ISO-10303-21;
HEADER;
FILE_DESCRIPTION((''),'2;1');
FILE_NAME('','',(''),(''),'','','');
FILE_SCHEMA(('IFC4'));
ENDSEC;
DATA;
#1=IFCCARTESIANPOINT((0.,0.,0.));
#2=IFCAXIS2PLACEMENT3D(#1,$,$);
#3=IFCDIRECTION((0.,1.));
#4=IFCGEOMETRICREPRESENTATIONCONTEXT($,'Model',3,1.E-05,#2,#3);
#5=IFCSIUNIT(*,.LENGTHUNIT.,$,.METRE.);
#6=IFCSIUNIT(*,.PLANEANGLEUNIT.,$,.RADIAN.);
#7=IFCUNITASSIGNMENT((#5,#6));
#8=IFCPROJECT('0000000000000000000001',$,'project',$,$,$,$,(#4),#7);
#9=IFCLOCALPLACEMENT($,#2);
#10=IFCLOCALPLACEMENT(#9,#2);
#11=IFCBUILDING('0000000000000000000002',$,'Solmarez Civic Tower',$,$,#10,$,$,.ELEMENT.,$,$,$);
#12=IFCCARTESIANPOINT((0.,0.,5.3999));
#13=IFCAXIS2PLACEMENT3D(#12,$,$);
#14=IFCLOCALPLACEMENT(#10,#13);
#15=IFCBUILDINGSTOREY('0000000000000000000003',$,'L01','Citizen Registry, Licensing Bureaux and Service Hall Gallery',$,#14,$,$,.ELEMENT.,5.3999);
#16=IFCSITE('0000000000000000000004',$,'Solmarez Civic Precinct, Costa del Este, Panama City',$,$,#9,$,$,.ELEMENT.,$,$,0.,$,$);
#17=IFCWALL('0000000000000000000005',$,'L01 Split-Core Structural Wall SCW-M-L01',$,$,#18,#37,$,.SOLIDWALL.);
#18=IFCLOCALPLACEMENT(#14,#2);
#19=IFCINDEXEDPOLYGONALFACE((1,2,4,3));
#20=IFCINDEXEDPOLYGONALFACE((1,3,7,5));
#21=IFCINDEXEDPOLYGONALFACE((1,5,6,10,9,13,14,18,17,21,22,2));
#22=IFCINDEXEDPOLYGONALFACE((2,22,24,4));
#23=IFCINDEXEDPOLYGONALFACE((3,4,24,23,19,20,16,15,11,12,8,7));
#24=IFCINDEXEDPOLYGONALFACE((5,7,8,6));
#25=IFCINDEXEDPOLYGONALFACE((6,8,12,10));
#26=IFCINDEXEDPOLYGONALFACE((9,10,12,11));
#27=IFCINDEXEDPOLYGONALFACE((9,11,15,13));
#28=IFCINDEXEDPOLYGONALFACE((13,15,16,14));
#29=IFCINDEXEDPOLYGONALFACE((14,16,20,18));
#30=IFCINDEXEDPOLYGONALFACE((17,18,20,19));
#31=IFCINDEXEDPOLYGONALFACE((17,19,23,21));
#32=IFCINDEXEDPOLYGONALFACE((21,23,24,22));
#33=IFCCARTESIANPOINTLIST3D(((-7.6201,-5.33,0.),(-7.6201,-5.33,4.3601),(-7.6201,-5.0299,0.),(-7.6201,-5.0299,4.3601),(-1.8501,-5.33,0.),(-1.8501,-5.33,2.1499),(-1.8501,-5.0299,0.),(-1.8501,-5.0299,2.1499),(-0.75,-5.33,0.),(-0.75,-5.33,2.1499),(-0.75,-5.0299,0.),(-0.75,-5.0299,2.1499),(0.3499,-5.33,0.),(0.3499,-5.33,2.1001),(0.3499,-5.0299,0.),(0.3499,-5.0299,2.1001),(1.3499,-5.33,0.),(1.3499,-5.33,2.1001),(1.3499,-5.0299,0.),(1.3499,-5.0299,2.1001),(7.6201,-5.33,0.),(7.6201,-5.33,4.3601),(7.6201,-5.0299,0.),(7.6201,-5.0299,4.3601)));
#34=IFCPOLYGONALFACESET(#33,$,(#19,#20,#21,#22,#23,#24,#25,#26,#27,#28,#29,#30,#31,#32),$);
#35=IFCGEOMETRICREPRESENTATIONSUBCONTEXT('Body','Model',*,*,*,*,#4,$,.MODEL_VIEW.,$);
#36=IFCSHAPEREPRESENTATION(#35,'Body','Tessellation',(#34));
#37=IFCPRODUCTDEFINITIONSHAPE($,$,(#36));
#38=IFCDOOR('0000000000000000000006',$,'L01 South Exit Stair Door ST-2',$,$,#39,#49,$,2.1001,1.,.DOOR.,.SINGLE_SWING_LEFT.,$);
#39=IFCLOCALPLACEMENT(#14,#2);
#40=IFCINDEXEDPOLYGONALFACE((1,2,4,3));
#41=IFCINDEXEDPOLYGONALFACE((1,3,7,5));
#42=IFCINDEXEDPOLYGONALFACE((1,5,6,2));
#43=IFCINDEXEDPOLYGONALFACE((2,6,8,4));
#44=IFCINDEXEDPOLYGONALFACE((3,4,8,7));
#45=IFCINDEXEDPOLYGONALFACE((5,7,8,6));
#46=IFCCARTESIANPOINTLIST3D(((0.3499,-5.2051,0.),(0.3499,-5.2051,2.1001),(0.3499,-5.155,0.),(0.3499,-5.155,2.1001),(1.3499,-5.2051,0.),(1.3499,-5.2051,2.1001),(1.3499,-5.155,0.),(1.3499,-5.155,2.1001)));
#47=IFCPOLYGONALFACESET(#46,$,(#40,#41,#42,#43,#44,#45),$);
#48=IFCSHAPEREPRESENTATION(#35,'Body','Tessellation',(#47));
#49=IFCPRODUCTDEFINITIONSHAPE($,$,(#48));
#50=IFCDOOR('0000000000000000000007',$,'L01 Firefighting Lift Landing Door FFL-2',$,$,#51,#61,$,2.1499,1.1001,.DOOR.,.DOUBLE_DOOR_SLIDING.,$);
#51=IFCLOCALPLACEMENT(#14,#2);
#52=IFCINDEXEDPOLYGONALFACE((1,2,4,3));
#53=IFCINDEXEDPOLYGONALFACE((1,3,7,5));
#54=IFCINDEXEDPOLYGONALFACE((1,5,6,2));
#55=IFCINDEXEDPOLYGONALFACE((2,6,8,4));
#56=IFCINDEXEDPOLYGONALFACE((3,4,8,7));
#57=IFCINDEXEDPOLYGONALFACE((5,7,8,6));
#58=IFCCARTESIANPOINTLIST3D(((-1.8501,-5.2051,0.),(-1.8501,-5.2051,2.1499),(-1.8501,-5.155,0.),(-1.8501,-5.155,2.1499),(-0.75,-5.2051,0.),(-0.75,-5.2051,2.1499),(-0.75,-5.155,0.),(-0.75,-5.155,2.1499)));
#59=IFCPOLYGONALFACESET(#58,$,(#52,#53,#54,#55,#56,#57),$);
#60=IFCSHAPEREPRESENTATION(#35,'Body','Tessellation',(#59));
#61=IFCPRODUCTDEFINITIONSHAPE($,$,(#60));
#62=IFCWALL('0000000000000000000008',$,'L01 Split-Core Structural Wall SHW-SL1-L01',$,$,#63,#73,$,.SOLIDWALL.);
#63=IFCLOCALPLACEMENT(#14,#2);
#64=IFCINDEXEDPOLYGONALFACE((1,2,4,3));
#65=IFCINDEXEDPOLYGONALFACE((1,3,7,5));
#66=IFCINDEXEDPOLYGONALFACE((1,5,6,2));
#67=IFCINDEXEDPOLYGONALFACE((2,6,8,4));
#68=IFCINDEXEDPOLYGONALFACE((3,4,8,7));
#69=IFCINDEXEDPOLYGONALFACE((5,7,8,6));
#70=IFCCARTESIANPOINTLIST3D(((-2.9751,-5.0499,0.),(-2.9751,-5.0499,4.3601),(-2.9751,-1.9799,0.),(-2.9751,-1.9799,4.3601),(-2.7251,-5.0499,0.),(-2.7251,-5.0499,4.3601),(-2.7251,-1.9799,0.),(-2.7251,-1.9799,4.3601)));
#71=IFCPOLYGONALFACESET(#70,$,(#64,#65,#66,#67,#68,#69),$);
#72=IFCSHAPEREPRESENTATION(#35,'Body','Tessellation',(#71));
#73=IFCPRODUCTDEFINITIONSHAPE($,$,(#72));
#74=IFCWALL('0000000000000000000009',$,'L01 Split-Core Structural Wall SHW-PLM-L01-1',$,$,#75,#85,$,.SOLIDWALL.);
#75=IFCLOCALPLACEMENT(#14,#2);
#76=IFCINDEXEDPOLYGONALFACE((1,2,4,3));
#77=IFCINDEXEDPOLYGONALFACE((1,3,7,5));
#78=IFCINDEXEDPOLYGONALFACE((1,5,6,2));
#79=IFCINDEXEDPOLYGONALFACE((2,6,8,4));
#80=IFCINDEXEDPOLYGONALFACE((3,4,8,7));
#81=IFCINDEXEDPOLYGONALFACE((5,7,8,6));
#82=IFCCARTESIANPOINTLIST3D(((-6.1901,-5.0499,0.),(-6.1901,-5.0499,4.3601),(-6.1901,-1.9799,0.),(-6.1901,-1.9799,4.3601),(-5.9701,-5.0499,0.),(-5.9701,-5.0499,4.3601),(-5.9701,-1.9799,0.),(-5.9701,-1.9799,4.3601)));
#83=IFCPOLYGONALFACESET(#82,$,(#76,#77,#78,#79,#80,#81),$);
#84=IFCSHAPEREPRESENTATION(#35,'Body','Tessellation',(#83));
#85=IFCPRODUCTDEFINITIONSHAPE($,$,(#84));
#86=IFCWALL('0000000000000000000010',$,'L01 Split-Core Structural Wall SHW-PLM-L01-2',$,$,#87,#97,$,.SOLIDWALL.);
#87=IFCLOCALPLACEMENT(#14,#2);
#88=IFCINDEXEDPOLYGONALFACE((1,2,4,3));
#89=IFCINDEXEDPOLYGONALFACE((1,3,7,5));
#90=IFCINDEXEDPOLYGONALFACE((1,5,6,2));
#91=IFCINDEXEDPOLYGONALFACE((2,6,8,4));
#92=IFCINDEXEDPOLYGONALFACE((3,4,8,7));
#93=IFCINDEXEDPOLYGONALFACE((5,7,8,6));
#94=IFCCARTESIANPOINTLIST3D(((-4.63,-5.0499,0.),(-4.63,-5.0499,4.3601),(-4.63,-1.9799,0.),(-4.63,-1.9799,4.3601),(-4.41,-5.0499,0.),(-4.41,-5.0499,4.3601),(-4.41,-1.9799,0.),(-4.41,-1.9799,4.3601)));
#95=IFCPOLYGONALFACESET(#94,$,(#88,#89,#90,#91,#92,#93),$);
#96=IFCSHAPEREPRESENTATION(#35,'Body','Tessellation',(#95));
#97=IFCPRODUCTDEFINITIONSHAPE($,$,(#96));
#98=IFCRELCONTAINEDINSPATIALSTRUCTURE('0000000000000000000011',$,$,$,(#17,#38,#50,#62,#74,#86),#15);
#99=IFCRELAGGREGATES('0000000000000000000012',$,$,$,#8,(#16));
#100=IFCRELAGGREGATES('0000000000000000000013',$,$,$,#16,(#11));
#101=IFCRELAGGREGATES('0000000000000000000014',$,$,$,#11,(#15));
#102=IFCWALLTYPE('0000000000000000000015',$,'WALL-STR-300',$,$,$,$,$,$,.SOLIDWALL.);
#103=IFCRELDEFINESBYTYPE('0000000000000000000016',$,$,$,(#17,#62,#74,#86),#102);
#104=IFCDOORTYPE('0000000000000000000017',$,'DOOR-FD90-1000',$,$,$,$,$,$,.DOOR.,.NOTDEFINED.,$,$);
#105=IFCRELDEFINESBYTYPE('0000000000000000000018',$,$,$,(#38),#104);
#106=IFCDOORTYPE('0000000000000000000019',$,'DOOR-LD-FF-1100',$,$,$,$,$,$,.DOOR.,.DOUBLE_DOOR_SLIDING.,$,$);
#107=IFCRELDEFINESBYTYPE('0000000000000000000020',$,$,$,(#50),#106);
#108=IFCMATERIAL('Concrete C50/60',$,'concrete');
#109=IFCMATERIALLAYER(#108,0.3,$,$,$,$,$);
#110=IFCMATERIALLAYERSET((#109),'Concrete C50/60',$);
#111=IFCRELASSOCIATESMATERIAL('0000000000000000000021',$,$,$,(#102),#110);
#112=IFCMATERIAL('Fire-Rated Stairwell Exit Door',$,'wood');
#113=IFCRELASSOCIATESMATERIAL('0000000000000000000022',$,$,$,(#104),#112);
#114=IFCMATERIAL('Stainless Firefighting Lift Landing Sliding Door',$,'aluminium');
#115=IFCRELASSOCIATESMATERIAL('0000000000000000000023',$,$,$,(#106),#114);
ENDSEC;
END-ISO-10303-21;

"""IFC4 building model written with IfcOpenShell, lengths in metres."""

from ifc_helpers import new_model, si_unit, direction, frame, frame_2d, origin, place, context, subcontext, project, spatial, rectangle, extrude, material, layer, layer_set, type_object, element, fill, save


model = new_model("IFC4")

# Units and contexts
model_context = context("Model", 3, precision=1e-05, world=origin(), true_north=direction((0.0, 1.0)))
body_context = subcontext(model_context, "Body", "Model", "MODEL_VIEW")
ifc_project = project(units=[si_unit("LENGTHUNIT", "METRE"), si_unit("PLANEANGLEUNIT", "RADIAN")], contexts=[model_context])

# Site, building, storey
site_placement = place(None, origin())
site = spatial("IfcSite", under=ifc_project, at=site_placement, Name="Solmarez Civic Precinct, Costa del Este, Panama City", CompositionType="ELEMENT", RefElevation=0.0)
building_placement = place(site_placement, origin())
building = spatial("IfcBuilding", under=site, at=building_placement, Name="Solmarez Civic Tower", CompositionType="ELEMENT")
storey_placement = place(building_placement, frame((0.0, 0.0, 5.3999)))
storey = spatial("IfcBuildingStorey", under=building, at=storey_placement, Name="L01", Description="Citizen Registry, Licensing Bureaux and Service Hall Gallery", CompositionType="ELEMENT", Elevation=5.3999)

# Wall, openings, doors
ifc_material_1 = material(Name="Concrete C50/60", Category="concrete")
ifc_layer_1 = layer(ifc_material_1, 0.3)
ifc_layer_set_1 = layer_set([ifc_layer_1], Name="Concrete C50/60")
wall_type_1 = type_object("IfcWallType", Name="WALL-STR-300", PredefinedType="SOLIDWALL", material=ifc_layer_set_1)
wall_1_placement = place(storey_placement, frame((-7.6201, -5.1799, 0.0), z_axis=(0.0, 0.0, 1.0), x_axis=(1.0, 0.0, 0.0)))
wall_1 = element("IfcWall", 1, at=wall_1_placement, inside=storey, type_object=wall_type_1, Name="L01 Split-Core Structural Wall SCW-M-L01", PredefinedType="SOLIDWALL", context=body_context, shape_type="SweptSolid", body=[
    extrude(rectangle(XDim=15.2402, YDim=0.3, at=frame_2d((7.6201, 0.0))), origin(), (0.0, 0.0, 1.0), 4.3601),
])
opening_1_placement = place(wall_1_placement, frame((5.77, 0.0, 0.0)))
opening_1 = element("IfcOpeningElement", 2, at=opening_1_placement, cuts=wall_1, PredefinedType="OPENING", context=body_context, shape_type="SweptSolid", body=[
    extrude(rectangle(XDim=1.1001, YDim=2.1499, at=frame_2d((0.55, 1.075))), frame((0.0, 0.1599, 0.0), z_axis=(0.0, -1.0, 0.0), x_axis=(1.0, 0.0, 0.0)), (0.0, 0.0, 1.0), 0.3201),
])
opening_2_placement = place(wall_1_placement, frame((7.97, 0.0, 0.0)))
opening_2 = element("IfcOpeningElement", 3, at=opening_2_placement, cuts=wall_1, PredefinedType="OPENING", context=body_context, shape_type="SweptSolid", body=[
    extrude(rectangle(XDim=1.0, YDim=2.1001, at=frame_2d((0.5, 1.05))), frame((0.0, 0.1599, 0.0), z_axis=(0.0, -1.0, 0.0), x_axis=(1.0, 0.0, 0.0)), (0.0, 0.0, 1.0), 0.3201),
])
ifc_material_2 = material(Name="Fire-Rated Stairwell Exit Door", Category="wood")
door_type_1 = type_object("IfcDoorType", Name="DOOR-FD90-1000", OperationType="NOTDEFINED", PredefinedType="DOOR", material=ifc_material_2)
door_1_placement = place(opening_2_placement, origin())
door_1 = element("IfcDoor", 4, at=door_1_placement, inside=storey, type_object=door_type_1, Name="L01 South Exit Stair Door ST-2", OperationType="SINGLE_SWING_LEFT", OverallHeight=2.1001, OverallWidth=1.0, PredefinedType="DOOR", context=body_context, shape_type="SweptSolid", body=[
    extrude(rectangle(XDim=1.0, YDim=2.1001, at=frame_2d((0.5, 1.05))), frame((0.0, 0.0249, 0.0), z_axis=(0.0, -1.0, 0.0), x_axis=(1.0, 0.0, 0.0)), (0.0, 0.0, 1.0), 0.05),
])
fill(opening_2, door_1)
ifc_material_3 = material(Name="Stainless Firefighting Lift Landing Sliding Door", Category="aluminium")
door_type_2 = type_object("IfcDoorType", Name="DOOR-LD-FF-1100", OperationType="DOUBLE_DOOR_SLIDING", PredefinedType="DOOR", material=ifc_material_3)
door_2_placement = place(opening_1_placement, origin())
door_2 = element("IfcDoor", 5, at=door_2_placement, inside=storey, type_object=door_type_2, Name="L01 Firefighting Lift Landing Door FFL-2", OperationType="DOUBLE_DOOR_SLIDING", OverallHeight=2.1499, OverallWidth=1.1001, PredefinedType="DOOR", context=body_context, shape_type="SweptSolid", body=[
    extrude(rectangle(XDim=1.1001, YDim=2.1499, at=frame_2d((0.55, 1.075))), frame((0.0, 0.0249, 0.0), z_axis=(0.0, -1.0, 0.0), x_axis=(1.0, 0.0, 0.0)), (0.0, 0.0, 1.0), 0.05),
])
fill(opening_1, door_2)

# Walls
wall_2_placement = place(storey_placement, frame((-2.8501, -5.05, 0.0), z_axis=(0.0, 0.0, 1.0), x_axis=(0.0, 1.0, 0.0)))
element("IfcWall", 6, at=wall_2_placement, inside=storey, type_object=wall_type_1, Name="L01 Split-Core Structural Wall SHW-SL1-L01", PredefinedType="SOLIDWALL", context=body_context, shape_type="SweptSolid", body=[
    extrude(rectangle(XDim=3.0701, YDim=0.25, at=frame_2d((1.5352, 0.0))), origin(), (0.0, 0.0, 1.0), 4.3601),
])
for number, where, z_axis, x_axis, name in (
    (7, (-6.0801, -5.05, 0.0), (0.0, 0.0, 1.0), (0.0, 1.0, 0.0), "L01 Split-Core Structural Wall SHW-PLM-L01-1"),
    (8, (-4.52, -5.05, 0.0), (0.0, 0.0, 1.0), (0.0, 1.0, 0.0), "L01 Split-Core Structural Wall SHW-PLM-L01-2"),
):
    element("IfcWall", number, at=place(storey_placement, frame(where, z_axis=z_axis, x_axis=x_axis)), inside=storey, type_object=wall_type_1, Name=name, PredefinedType="SOLIDWALL", context=body_context, shape_type="SweptSolid", body=[
        extrude(rectangle(XDim=3.0701, YDim=0.22, at=frame_2d((1.5352, 0.0))), origin(), (0.0, 0.0, 1.0), 4.3601),
    ])

save(model, "model.ifc")
